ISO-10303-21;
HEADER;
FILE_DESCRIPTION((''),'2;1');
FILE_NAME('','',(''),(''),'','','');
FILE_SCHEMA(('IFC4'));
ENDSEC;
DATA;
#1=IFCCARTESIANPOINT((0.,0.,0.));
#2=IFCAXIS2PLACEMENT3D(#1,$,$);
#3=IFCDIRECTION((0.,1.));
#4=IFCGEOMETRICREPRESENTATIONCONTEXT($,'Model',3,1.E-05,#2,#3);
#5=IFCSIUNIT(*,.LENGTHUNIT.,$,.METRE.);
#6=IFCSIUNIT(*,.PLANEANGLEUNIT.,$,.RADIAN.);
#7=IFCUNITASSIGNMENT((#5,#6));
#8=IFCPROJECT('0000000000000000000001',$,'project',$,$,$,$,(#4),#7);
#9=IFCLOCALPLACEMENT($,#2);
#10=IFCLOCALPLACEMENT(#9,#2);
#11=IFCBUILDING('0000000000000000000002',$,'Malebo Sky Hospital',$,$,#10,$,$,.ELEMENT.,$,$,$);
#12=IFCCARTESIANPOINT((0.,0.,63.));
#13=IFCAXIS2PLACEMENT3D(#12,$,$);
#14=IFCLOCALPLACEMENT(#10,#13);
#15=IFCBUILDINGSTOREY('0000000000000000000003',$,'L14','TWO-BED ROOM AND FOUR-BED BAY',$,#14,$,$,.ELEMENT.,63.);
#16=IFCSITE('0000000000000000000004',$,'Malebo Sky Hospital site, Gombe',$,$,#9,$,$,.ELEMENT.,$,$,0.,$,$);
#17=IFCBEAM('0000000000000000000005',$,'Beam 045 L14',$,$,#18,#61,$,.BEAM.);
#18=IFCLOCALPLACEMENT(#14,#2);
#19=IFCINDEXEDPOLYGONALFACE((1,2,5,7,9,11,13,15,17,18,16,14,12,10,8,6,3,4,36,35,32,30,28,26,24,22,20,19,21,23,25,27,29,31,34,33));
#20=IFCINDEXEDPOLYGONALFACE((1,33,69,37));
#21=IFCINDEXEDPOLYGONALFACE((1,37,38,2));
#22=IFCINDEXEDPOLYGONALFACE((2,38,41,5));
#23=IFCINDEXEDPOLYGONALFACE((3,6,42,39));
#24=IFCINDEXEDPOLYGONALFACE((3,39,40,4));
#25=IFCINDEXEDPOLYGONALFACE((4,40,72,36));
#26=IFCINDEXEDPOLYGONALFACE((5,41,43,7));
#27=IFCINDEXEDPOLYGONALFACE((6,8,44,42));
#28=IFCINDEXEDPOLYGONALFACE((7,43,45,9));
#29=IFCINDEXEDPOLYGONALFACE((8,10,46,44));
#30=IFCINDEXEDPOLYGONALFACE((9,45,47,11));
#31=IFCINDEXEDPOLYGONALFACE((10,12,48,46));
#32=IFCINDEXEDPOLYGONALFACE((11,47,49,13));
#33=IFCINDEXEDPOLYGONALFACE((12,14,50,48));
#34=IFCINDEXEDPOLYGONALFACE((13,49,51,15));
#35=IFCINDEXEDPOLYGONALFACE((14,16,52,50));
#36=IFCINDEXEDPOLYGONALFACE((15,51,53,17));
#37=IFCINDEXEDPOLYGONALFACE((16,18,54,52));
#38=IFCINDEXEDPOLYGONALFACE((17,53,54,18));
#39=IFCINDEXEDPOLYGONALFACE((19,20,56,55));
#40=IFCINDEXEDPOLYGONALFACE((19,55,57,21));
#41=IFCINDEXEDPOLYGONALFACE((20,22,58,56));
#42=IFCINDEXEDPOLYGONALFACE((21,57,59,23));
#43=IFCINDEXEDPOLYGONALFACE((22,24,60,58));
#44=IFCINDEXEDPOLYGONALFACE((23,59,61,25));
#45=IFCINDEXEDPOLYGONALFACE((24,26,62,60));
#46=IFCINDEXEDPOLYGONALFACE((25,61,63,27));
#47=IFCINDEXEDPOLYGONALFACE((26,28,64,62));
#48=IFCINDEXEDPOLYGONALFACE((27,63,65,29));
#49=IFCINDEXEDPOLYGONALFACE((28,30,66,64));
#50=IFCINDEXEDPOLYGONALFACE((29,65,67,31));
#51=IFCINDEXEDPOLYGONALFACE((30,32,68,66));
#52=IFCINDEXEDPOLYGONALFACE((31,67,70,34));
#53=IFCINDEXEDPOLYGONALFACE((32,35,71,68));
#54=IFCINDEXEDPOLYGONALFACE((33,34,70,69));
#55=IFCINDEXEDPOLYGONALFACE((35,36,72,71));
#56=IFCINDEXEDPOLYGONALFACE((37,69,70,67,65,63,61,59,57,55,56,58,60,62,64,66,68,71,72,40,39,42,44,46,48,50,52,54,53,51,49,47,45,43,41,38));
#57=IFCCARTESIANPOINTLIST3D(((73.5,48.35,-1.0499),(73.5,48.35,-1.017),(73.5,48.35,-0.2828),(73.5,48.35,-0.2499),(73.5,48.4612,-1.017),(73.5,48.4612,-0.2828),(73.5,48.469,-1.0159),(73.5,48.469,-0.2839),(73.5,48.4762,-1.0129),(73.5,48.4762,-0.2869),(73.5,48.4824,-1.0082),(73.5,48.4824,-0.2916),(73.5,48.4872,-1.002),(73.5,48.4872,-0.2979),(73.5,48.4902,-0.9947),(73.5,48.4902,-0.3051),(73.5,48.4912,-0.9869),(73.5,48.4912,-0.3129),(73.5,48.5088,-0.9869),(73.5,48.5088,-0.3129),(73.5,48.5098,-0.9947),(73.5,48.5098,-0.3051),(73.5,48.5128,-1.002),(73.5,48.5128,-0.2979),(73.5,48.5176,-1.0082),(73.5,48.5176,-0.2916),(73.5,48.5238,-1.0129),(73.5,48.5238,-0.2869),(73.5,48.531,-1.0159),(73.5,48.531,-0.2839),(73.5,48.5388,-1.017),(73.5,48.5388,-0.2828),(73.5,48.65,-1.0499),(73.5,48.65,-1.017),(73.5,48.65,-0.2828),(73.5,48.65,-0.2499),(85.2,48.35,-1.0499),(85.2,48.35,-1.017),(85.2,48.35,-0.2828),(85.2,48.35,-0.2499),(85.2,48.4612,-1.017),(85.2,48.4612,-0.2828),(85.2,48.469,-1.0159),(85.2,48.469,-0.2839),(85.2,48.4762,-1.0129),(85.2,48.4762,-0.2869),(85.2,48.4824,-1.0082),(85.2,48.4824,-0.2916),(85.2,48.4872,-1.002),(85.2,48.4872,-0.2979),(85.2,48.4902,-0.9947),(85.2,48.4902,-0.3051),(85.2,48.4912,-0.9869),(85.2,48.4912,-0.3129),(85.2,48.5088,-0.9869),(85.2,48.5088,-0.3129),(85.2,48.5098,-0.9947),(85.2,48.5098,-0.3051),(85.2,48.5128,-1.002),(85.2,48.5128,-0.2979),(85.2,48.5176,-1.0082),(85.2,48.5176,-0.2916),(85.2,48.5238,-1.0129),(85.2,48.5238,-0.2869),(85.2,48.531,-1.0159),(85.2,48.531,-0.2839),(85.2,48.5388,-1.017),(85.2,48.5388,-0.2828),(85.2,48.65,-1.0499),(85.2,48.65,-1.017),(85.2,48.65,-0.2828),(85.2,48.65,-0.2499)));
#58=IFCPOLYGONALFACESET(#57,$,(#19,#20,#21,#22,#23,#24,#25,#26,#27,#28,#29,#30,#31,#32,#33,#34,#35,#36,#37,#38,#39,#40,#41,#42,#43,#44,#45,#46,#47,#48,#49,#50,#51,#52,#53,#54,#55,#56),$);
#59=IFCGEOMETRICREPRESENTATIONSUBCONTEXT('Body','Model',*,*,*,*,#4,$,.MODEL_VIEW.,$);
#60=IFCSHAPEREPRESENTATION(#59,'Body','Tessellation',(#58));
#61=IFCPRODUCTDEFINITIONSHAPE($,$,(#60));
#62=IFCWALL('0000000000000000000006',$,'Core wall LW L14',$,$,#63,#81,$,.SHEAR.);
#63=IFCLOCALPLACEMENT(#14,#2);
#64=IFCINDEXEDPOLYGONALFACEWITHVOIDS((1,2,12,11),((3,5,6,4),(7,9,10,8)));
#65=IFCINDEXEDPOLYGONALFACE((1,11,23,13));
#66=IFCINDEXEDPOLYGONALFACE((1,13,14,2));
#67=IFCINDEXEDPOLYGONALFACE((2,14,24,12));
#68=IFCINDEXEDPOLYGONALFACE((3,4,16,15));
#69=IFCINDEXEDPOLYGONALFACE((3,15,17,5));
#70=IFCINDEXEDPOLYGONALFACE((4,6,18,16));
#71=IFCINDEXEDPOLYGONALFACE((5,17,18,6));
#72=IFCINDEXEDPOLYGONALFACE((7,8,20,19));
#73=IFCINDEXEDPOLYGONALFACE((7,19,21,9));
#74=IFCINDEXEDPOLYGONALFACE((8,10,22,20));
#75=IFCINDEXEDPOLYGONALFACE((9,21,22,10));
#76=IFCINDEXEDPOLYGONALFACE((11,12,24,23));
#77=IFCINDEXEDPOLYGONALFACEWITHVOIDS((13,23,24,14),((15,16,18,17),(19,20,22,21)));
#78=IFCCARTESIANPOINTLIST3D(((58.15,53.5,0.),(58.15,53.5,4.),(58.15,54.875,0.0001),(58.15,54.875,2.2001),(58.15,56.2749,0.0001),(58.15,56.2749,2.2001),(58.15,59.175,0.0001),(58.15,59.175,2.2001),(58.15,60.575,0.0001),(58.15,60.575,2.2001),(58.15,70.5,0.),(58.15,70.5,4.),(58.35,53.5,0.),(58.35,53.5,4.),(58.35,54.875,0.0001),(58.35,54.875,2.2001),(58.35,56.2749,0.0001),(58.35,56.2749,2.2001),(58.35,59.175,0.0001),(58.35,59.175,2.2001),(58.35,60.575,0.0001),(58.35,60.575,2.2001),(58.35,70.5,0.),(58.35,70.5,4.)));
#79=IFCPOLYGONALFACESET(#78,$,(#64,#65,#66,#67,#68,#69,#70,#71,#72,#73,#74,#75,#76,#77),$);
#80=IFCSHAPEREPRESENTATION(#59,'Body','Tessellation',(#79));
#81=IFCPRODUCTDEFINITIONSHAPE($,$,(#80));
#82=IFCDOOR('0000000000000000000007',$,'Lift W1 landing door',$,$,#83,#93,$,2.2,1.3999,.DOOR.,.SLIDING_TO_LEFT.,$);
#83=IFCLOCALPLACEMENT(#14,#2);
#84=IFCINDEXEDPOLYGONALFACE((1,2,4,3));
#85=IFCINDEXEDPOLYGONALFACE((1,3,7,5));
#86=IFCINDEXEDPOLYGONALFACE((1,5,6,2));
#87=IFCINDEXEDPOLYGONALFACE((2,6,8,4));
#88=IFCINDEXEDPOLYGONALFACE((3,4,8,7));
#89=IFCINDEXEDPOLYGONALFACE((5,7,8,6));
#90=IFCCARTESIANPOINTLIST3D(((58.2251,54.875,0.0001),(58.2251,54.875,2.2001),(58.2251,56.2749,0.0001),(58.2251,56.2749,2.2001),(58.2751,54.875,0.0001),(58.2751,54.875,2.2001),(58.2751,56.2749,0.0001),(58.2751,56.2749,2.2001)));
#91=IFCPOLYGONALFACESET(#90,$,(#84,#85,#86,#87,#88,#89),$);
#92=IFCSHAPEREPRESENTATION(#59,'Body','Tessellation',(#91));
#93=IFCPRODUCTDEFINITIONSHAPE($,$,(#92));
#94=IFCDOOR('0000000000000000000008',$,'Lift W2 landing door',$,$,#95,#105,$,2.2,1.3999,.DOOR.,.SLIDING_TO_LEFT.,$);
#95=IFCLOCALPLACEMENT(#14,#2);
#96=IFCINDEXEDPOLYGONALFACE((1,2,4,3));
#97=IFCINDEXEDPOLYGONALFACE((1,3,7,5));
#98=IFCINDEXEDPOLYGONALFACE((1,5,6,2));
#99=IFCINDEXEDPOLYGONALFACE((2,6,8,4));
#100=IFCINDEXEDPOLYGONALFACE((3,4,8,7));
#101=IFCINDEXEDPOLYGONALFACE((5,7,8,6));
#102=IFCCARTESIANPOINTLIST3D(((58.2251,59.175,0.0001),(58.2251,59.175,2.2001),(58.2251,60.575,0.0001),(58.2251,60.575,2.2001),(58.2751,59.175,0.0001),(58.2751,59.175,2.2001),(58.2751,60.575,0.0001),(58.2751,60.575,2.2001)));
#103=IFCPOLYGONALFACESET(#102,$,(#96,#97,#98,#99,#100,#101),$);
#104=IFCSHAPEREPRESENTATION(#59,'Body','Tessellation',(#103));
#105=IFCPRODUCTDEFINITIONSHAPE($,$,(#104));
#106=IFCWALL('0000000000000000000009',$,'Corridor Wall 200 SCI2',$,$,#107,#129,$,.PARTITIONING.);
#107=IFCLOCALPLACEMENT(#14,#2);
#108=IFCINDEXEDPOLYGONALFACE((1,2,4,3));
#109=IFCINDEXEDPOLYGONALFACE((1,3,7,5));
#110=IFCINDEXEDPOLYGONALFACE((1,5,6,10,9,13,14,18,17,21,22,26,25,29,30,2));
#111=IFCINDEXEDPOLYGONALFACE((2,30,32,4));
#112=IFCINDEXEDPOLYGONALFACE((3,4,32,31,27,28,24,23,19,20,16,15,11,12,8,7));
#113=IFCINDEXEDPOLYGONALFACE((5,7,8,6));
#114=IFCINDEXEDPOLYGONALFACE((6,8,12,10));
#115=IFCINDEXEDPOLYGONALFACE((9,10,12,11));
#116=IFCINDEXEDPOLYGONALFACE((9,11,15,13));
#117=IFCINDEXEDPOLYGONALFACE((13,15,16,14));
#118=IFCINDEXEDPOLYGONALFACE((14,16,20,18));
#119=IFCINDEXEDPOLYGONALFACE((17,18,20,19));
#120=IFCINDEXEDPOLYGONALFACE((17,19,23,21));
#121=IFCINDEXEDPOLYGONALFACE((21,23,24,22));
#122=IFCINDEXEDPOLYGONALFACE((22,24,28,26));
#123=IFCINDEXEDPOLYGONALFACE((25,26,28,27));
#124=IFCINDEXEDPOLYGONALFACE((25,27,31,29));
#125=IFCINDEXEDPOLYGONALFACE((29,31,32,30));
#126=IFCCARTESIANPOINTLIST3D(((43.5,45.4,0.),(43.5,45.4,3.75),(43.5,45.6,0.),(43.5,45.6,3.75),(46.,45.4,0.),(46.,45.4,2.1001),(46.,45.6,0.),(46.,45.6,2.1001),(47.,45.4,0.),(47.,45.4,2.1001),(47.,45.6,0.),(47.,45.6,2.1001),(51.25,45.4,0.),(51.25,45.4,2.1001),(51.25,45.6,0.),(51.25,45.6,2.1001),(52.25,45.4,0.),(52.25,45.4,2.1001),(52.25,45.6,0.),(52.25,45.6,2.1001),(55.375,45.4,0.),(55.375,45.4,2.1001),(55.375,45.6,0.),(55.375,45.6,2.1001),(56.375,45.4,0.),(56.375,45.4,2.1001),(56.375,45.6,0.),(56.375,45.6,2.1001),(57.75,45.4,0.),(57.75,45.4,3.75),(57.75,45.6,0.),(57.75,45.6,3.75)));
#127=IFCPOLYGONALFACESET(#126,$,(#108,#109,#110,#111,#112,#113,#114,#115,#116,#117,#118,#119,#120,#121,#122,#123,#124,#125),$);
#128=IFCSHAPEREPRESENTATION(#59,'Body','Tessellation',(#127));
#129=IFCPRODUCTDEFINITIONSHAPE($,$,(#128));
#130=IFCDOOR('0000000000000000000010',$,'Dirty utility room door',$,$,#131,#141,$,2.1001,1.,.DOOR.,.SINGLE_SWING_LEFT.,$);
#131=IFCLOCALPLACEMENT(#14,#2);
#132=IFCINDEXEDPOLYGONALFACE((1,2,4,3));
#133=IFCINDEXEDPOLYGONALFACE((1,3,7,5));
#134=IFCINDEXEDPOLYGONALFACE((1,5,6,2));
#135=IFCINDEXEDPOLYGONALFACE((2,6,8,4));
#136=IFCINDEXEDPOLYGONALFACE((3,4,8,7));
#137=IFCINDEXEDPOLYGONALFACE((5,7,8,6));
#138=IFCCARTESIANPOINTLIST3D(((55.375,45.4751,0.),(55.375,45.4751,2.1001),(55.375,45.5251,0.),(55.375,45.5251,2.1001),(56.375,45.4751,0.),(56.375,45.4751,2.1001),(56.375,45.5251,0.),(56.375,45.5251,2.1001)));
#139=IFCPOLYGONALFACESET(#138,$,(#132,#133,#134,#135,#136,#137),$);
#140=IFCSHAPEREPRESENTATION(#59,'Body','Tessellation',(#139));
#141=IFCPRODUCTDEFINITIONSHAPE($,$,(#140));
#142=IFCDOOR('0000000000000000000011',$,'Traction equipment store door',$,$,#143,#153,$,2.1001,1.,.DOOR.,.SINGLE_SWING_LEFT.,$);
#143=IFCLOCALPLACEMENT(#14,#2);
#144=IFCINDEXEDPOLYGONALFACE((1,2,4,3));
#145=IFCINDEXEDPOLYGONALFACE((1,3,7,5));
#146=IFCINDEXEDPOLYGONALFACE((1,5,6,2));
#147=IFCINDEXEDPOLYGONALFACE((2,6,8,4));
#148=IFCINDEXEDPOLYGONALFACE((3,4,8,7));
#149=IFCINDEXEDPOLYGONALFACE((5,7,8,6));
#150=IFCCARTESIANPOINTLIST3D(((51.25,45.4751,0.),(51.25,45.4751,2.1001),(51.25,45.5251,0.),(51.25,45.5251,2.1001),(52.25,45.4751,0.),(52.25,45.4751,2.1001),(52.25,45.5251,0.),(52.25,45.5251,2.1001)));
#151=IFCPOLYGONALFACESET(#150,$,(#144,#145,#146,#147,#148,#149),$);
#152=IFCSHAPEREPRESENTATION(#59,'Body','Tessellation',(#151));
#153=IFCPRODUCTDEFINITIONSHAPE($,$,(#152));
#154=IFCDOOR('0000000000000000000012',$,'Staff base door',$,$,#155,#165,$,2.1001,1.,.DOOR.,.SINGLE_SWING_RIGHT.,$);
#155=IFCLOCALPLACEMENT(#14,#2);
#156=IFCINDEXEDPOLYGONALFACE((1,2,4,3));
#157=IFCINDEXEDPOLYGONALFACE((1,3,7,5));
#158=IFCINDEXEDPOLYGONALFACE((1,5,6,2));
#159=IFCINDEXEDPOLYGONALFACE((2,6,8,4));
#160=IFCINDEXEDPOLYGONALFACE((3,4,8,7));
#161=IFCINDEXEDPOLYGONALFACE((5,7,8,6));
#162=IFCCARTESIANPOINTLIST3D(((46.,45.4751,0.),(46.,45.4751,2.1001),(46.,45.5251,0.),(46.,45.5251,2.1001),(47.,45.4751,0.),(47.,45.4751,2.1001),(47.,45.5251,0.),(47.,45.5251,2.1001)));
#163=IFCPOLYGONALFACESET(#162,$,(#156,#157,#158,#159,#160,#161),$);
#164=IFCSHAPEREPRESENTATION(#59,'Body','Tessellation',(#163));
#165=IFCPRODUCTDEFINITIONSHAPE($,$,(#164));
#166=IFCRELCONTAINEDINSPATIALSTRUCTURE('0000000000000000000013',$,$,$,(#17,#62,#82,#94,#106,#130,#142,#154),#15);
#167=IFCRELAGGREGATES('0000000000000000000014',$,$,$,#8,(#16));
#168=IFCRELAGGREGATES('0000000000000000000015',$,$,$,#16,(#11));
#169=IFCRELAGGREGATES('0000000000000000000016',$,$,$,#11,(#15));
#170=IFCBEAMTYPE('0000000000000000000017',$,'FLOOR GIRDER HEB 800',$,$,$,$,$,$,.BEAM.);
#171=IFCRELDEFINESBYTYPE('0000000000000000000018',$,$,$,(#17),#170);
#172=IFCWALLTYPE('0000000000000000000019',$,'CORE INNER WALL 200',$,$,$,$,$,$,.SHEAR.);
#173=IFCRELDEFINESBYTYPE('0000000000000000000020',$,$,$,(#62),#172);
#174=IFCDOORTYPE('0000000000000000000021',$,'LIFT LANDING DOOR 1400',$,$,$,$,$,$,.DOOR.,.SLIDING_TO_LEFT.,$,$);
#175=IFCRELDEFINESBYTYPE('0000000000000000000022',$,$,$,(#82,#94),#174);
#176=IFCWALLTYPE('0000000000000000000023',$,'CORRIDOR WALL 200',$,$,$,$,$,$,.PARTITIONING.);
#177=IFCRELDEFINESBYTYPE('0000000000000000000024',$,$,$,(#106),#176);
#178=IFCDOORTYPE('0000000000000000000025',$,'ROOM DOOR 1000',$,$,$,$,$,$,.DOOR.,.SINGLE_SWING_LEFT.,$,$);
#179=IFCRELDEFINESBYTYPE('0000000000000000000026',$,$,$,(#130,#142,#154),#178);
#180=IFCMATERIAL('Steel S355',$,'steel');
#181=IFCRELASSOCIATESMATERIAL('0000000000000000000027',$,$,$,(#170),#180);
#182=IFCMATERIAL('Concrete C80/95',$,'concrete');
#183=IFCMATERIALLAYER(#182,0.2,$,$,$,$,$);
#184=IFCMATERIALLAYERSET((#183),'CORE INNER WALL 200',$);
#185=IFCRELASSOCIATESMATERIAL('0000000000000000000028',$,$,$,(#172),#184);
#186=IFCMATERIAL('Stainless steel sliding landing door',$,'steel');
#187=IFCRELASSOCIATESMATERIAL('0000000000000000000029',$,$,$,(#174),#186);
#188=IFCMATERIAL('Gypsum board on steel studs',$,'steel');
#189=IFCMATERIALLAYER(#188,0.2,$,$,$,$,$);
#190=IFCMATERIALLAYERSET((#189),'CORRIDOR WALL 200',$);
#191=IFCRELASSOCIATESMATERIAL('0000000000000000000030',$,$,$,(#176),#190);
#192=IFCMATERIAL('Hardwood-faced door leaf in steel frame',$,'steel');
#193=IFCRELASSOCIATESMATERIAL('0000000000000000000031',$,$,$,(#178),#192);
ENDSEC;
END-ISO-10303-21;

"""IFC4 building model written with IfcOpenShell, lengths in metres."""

from ifc_helpers import new_model, si_unit, direction, frame, frame_2d, origin, origin_2d, place, context, subcontext, project, spatial, rectangle, i_section, extrude, material, layer, layer_set, material_profile, profile_set, type_object, element, fill, save


model = new_model("IFC4")

# Units and contexts
model_context = context("Model", 3, precision=1e-05, world=origin(), true_north=direction((0.0, 1.0)))
body_context = subcontext(model_context, "Body", "Model", "MODEL_VIEW")
ifc_project = project(units=[si_unit("LENGTHUNIT", "METRE"), si_unit("PLANEANGLEUNIT", "RADIAN")], contexts=[model_context])

# Site, building, storey
site_placement = place(None, origin())
site = spatial("IfcSite", under=ifc_project, at=site_placement, Name="Malebo Sky Hospital site, Gombe", CompositionType="ELEMENT", RefElevation=0.0)
building_placement = place(site_placement, origin())
building = spatial("IfcBuilding", under=site, at=building_placement, Name="Malebo Sky Hospital", CompositionType="ELEMENT")
storey_placement = place(building_placement, frame((0.0, 0.0, 63.0)))
storey = spatial("IfcBuildingStorey", under=building, at=storey_placement, Name="L14", Description="TWO-BED ROOM AND FOUR-BED BAY", CompositionType="ELEMENT", Elevation=63.0)

# Beam
ifc_material_1 = material(Name="Steel S355", Category="steel")
ifc_material_profile_1 = material_profile(ifc_material_1, i_section(OverallWidth=0.3, OverallDepth=0.8, WebThickness=0.0176, FlangeThickness=0.033, FilletRadius=0.03, at=origin_2d()), Name="HEB 800")
ifc_profile_set_1 = profile_set([ifc_material_profile_1], Name="Steel S355")
beam_type_1 = type_object("IfcBeamType", Name="FLOOR GIRDER HEB 800", PredefinedType="BEAM", material=ifc_profile_set_1)
beam_1_placement = place(storey_placement, frame((73.5, 48.5, -0.6499), z_axis=(1.0, 0.0, 0.0), x_axis=(0.0, 1.0, 0.0)))
element("IfcBeam", 1, at=beam_1_placement, inside=storey, type_object=beam_type_1, Name="Beam 045 L14", PredefinedType="BEAM", context=body_context, shape_type="SweptSolid", body=[
    extrude(i_section(OverallWidth=0.3, OverallDepth=0.8, WebThickness=0.0176, FlangeThickness=0.033, FilletRadius=0.03, at=origin_2d()), origin(), (0.0, 0.0, 1.0), 11.7),
])

# Walls, openings, doors
ifc_material_2 = material(Name="Concrete C80/95", Category="concrete")
ifc_layer_1 = layer(ifc_material_2, 0.2)
ifc_layer_set_1 = layer_set([ifc_layer_1], Name="CORE INNER WALL 200")
wall_type_1 = type_object("IfcWallType", Name="CORE INNER WALL 200", PredefinedType="SHEAR", material=ifc_layer_set_1)
wall_1_placement = place(storey_placement, frame((58.25, 53.5, 0.0), z_axis=(0.0, 0.0, 1.0), x_axis=(0.0, 1.0, 0.0)))
wall_1 = element("IfcWall", 2, at=wall_1_placement, inside=storey, type_object=wall_type_1, Name="Core wall LW L14", PredefinedType="SHEAR", context=body_context, shape_type="SweptSolid", body=[
    extrude(rectangle(XDim=17.0, YDim=0.2, at=frame_2d((8.5, 0.0))), origin(), (0.0, 0.0, 1.0), 4.0),
])
opening_1_placement = place(wall_1_placement, frame((1.375, 0.0, 0.0)))
opening_1 = element("IfcOpeningElement", 3, at=opening_1_placement, cuts=wall_1, PredefinedType="OPENING", context=body_context, shape_type="SweptSolid", body=[
    extrude(rectangle(XDim=1.3999, YDim=2.2, at=frame_2d((0.7, 1.1001))), frame((0.0, 0.1099, 0.0), z_axis=(0.0, -1.0, 0.0), x_axis=(1.0, 0.0, 0.0)), (0.0, 0.0, 1.0), 0.22),
])
opening_2_placement = place(wall_1_placement, frame((5.675, 0.0, 0.0)))
opening_2 = element("IfcOpeningElement", 4, at=opening_2_placement, cuts=wall_1, PredefinedType="OPENING", context=body_context, shape_type="SweptSolid", body=[
    extrude(rectangle(XDim=1.3999, YDim=2.2, at=frame_2d((0.7, 1.1001))), frame((0.0, 0.1099, 0.0), z_axis=(0.0, -1.0, 0.0), x_axis=(1.0, 0.0, 0.0)), (0.0, 0.0, 1.0), 0.22),
])
ifc_material_3 = material(Name="Stainless steel sliding landing door", Category="steel")
door_type_1 = type_object("IfcDoorType", Name="LIFT LANDING DOOR 1400", OperationType="SLIDING_TO_LEFT", PredefinedType="DOOR", material=ifc_material_3)
door_1_placement = place(opening_1_placement, origin())
door_1 = element("IfcDoor", 5, at=door_1_placement, inside=storey, type_object=door_type_1, Name="Lift W1 landing door", OperationType="SLIDING_TO_LEFT", OverallHeight=2.2, OverallWidth=1.3999, PredefinedType="DOOR", context=body_context, shape_type="SweptSolid", body=[
    extrude(rectangle(XDim=1.3999, YDim=2.2, at=frame_2d((0.7, 1.1001))), frame((0.0, 0.0249, 0.0), z_axis=(0.0, -1.0, 0.0), x_axis=(1.0, 0.0, 0.0)), (0.0, 0.0, 1.0), 0.05),
])
fill(opening_1, door_1)
door_2_placement = place(opening_2_placement, origin())
door_2 = element("IfcDoor", 6, at=door_2_placement, inside=storey, type_object=door_type_1, Name="Lift W2 landing door", OperationType="SLIDING_TO_LEFT", OverallHeight=2.2, OverallWidth=1.3999, PredefinedType="DOOR", context=body_context, shape_type="SweptSolid", body=[
    extrude(rectangle(XDim=1.3999, YDim=2.2, at=frame_2d((0.7, 1.1001))), frame((0.0, 0.0249, 0.0), z_axis=(0.0, -1.0, 0.0), x_axis=(1.0, 0.0, 0.0)), (0.0, 0.0, 1.0), 0.05),
])
fill(opening_2, door_2)
ifc_material_4 = material(Name="Gypsum board on steel studs", Category="steel")
ifc_layer_2 = layer(ifc_material_4, 0.2)
ifc_layer_set_2 = layer_set([ifc_layer_2], Name="CORRIDOR WALL 200")
wall_type_2 = type_object("IfcWallType", Name="CORRIDOR WALL 200", PredefinedType="PARTITIONING", material=ifc_layer_set_2)
wall_2_placement = place(storey_placement, frame((57.75, 45.5, 0.0), z_axis=(0.0, 0.0, 1.0), x_axis=(-1.0, 0.0, 0.0)))
wall_2 = element("IfcWall", 7, at=wall_2_placement, inside=storey, type_object=wall_type_2, Name="Corridor Wall 200 SCI2", PredefinedType="PARTITIONING", context=body_context, shape_type="SweptSolid", body=[
    extrude(rectangle(XDim=14.25, YDim=0.2, at=frame_2d((7.125, 0.0))), origin(), (0.0, 0.0, 1.0), 3.75),
])
opening_3_placement = place(wall_2_placement, frame((1.375, 0.0, 0.0)))
opening_3 = element("IfcOpeningElement", 8, at=opening_3_placement, cuts=wall_2, PredefinedType="OPENING", context=body_context, shape_type="SweptSolid", body=[
    extrude(rectangle(XDim=1.0, YDim=2.1001, at=frame_2d((0.5, 1.05))), frame((0.0, 0.1099, 0.0), z_axis=(0.0, -1.0, 0.0), x_axis=(1.0, 0.0, 0.0)), (0.0, 0.0, 1.0), 0.22),
])
opening_4_placement = place(wall_2_placement, frame((5.5, 0.0, 0.0)))
opening_4 = element("IfcOpeningElement", 9, at=opening_4_placement, cuts=wall_2, PredefinedType="OPENING", context=body_context, shape_type="SweptSolid", body=[
    extrude(rectangle(XDim=1.0, YDim=2.1001, at=frame_2d((0.5, 1.05))), frame((0.0, 0.1099, 0.0), z_axis=(0.0, -1.0, 0.0), x_axis=(1.0, 0.0, 0.0)), (0.0, 0.0, 1.0), 0.22),
])
opening_5_placement = place(wall_2_placement, frame((10.75, 0.0, 0.0)))
opening_5 = element("IfcOpeningElement", 10, at=opening_5_placement, cuts=wall_2, PredefinedType="OPENING", context=body_context, shape_type="SweptSolid", body=[
    extrude(rectangle(XDim=1.0, YDim=2.1001, at=frame_2d((0.5, 1.05))), frame((0.0, 0.1099, 0.0), z_axis=(0.0, -1.0, 0.0), x_axis=(1.0, 0.0, 0.0)), (0.0, 0.0, 1.0), 0.22),
])
ifc_material_5 = material(Name="Hardwood-faced door leaf in steel frame", Category="steel")
door_type_2 = type_object("IfcDoorType", Name="ROOM DOOR 1000", OperationType="SINGLE_SWING_LEFT", PredefinedType="DOOR", material=ifc_material_5)
door_3_placement = place(opening_3_placement, origin())
door_3 = element("IfcDoor", 11, at=door_3_placement, inside=storey, type_object=door_type_2, Name="Dirty utility room door", OperationType="SINGLE_SWING_LEFT", OverallHeight=2.1001, OverallWidth=1.0, PredefinedType="DOOR", context=body_context, shape_type="SweptSolid", body=[
    extrude(rectangle(XDim=1.0, YDim=2.1001, at=frame_2d((0.5, 1.05))), frame((0.0, 0.0249, 0.0), z_axis=(0.0, -1.0, 0.0), x_axis=(1.0, 0.0, 0.0)), (0.0, 0.0, 1.0), 0.05),
])
fill(opening_3, door_3)
door_4_placement = place(opening_4_placement, origin())
door_4 = element("IfcDoor", 12, at=door_4_placement, inside=storey, type_object=door_type_2, Name="Traction equipment store door", OperationType="SINGLE_SWING_LEFT", OverallHeight=2.1001, OverallWidth=1.0, PredefinedType="DOOR", context=body_context, shape_type="SweptSolid", body=[
    extrude(rectangle(XDim=1.0, YDim=2.1001, at=frame_2d((0.5, 1.05))), frame((0.0, 0.0249, 0.0), z_axis=(0.0, -1.0, 0.0), x_axis=(1.0, 0.0, 0.0)), (0.0, 0.0, 1.0), 0.05),
])
fill(opening_4, door_4)
door_5_placement = place(opening_5_placement, origin())
door_5 = element("IfcDoor", 13, at=door_5_placement, inside=storey, type_object=door_type_2, Name="Staff base door", OperationType="SINGLE_SWING_RIGHT", OverallHeight=2.1001, OverallWidth=1.0, PredefinedType="DOOR", context=body_context, shape_type="SweptSolid", body=[
    extrude(rectangle(XDim=1.0, YDim=2.1001, at=frame_2d((0.5, 1.05))), frame((0.0, 0.0249, 0.0), z_axis=(0.0, -1.0, 0.0), x_axis=(1.0, 0.0, 0.0)), (0.0, 0.0, 1.0), 0.05),
])
fill(opening_5, door_5)

save(model, "model.ifc")
